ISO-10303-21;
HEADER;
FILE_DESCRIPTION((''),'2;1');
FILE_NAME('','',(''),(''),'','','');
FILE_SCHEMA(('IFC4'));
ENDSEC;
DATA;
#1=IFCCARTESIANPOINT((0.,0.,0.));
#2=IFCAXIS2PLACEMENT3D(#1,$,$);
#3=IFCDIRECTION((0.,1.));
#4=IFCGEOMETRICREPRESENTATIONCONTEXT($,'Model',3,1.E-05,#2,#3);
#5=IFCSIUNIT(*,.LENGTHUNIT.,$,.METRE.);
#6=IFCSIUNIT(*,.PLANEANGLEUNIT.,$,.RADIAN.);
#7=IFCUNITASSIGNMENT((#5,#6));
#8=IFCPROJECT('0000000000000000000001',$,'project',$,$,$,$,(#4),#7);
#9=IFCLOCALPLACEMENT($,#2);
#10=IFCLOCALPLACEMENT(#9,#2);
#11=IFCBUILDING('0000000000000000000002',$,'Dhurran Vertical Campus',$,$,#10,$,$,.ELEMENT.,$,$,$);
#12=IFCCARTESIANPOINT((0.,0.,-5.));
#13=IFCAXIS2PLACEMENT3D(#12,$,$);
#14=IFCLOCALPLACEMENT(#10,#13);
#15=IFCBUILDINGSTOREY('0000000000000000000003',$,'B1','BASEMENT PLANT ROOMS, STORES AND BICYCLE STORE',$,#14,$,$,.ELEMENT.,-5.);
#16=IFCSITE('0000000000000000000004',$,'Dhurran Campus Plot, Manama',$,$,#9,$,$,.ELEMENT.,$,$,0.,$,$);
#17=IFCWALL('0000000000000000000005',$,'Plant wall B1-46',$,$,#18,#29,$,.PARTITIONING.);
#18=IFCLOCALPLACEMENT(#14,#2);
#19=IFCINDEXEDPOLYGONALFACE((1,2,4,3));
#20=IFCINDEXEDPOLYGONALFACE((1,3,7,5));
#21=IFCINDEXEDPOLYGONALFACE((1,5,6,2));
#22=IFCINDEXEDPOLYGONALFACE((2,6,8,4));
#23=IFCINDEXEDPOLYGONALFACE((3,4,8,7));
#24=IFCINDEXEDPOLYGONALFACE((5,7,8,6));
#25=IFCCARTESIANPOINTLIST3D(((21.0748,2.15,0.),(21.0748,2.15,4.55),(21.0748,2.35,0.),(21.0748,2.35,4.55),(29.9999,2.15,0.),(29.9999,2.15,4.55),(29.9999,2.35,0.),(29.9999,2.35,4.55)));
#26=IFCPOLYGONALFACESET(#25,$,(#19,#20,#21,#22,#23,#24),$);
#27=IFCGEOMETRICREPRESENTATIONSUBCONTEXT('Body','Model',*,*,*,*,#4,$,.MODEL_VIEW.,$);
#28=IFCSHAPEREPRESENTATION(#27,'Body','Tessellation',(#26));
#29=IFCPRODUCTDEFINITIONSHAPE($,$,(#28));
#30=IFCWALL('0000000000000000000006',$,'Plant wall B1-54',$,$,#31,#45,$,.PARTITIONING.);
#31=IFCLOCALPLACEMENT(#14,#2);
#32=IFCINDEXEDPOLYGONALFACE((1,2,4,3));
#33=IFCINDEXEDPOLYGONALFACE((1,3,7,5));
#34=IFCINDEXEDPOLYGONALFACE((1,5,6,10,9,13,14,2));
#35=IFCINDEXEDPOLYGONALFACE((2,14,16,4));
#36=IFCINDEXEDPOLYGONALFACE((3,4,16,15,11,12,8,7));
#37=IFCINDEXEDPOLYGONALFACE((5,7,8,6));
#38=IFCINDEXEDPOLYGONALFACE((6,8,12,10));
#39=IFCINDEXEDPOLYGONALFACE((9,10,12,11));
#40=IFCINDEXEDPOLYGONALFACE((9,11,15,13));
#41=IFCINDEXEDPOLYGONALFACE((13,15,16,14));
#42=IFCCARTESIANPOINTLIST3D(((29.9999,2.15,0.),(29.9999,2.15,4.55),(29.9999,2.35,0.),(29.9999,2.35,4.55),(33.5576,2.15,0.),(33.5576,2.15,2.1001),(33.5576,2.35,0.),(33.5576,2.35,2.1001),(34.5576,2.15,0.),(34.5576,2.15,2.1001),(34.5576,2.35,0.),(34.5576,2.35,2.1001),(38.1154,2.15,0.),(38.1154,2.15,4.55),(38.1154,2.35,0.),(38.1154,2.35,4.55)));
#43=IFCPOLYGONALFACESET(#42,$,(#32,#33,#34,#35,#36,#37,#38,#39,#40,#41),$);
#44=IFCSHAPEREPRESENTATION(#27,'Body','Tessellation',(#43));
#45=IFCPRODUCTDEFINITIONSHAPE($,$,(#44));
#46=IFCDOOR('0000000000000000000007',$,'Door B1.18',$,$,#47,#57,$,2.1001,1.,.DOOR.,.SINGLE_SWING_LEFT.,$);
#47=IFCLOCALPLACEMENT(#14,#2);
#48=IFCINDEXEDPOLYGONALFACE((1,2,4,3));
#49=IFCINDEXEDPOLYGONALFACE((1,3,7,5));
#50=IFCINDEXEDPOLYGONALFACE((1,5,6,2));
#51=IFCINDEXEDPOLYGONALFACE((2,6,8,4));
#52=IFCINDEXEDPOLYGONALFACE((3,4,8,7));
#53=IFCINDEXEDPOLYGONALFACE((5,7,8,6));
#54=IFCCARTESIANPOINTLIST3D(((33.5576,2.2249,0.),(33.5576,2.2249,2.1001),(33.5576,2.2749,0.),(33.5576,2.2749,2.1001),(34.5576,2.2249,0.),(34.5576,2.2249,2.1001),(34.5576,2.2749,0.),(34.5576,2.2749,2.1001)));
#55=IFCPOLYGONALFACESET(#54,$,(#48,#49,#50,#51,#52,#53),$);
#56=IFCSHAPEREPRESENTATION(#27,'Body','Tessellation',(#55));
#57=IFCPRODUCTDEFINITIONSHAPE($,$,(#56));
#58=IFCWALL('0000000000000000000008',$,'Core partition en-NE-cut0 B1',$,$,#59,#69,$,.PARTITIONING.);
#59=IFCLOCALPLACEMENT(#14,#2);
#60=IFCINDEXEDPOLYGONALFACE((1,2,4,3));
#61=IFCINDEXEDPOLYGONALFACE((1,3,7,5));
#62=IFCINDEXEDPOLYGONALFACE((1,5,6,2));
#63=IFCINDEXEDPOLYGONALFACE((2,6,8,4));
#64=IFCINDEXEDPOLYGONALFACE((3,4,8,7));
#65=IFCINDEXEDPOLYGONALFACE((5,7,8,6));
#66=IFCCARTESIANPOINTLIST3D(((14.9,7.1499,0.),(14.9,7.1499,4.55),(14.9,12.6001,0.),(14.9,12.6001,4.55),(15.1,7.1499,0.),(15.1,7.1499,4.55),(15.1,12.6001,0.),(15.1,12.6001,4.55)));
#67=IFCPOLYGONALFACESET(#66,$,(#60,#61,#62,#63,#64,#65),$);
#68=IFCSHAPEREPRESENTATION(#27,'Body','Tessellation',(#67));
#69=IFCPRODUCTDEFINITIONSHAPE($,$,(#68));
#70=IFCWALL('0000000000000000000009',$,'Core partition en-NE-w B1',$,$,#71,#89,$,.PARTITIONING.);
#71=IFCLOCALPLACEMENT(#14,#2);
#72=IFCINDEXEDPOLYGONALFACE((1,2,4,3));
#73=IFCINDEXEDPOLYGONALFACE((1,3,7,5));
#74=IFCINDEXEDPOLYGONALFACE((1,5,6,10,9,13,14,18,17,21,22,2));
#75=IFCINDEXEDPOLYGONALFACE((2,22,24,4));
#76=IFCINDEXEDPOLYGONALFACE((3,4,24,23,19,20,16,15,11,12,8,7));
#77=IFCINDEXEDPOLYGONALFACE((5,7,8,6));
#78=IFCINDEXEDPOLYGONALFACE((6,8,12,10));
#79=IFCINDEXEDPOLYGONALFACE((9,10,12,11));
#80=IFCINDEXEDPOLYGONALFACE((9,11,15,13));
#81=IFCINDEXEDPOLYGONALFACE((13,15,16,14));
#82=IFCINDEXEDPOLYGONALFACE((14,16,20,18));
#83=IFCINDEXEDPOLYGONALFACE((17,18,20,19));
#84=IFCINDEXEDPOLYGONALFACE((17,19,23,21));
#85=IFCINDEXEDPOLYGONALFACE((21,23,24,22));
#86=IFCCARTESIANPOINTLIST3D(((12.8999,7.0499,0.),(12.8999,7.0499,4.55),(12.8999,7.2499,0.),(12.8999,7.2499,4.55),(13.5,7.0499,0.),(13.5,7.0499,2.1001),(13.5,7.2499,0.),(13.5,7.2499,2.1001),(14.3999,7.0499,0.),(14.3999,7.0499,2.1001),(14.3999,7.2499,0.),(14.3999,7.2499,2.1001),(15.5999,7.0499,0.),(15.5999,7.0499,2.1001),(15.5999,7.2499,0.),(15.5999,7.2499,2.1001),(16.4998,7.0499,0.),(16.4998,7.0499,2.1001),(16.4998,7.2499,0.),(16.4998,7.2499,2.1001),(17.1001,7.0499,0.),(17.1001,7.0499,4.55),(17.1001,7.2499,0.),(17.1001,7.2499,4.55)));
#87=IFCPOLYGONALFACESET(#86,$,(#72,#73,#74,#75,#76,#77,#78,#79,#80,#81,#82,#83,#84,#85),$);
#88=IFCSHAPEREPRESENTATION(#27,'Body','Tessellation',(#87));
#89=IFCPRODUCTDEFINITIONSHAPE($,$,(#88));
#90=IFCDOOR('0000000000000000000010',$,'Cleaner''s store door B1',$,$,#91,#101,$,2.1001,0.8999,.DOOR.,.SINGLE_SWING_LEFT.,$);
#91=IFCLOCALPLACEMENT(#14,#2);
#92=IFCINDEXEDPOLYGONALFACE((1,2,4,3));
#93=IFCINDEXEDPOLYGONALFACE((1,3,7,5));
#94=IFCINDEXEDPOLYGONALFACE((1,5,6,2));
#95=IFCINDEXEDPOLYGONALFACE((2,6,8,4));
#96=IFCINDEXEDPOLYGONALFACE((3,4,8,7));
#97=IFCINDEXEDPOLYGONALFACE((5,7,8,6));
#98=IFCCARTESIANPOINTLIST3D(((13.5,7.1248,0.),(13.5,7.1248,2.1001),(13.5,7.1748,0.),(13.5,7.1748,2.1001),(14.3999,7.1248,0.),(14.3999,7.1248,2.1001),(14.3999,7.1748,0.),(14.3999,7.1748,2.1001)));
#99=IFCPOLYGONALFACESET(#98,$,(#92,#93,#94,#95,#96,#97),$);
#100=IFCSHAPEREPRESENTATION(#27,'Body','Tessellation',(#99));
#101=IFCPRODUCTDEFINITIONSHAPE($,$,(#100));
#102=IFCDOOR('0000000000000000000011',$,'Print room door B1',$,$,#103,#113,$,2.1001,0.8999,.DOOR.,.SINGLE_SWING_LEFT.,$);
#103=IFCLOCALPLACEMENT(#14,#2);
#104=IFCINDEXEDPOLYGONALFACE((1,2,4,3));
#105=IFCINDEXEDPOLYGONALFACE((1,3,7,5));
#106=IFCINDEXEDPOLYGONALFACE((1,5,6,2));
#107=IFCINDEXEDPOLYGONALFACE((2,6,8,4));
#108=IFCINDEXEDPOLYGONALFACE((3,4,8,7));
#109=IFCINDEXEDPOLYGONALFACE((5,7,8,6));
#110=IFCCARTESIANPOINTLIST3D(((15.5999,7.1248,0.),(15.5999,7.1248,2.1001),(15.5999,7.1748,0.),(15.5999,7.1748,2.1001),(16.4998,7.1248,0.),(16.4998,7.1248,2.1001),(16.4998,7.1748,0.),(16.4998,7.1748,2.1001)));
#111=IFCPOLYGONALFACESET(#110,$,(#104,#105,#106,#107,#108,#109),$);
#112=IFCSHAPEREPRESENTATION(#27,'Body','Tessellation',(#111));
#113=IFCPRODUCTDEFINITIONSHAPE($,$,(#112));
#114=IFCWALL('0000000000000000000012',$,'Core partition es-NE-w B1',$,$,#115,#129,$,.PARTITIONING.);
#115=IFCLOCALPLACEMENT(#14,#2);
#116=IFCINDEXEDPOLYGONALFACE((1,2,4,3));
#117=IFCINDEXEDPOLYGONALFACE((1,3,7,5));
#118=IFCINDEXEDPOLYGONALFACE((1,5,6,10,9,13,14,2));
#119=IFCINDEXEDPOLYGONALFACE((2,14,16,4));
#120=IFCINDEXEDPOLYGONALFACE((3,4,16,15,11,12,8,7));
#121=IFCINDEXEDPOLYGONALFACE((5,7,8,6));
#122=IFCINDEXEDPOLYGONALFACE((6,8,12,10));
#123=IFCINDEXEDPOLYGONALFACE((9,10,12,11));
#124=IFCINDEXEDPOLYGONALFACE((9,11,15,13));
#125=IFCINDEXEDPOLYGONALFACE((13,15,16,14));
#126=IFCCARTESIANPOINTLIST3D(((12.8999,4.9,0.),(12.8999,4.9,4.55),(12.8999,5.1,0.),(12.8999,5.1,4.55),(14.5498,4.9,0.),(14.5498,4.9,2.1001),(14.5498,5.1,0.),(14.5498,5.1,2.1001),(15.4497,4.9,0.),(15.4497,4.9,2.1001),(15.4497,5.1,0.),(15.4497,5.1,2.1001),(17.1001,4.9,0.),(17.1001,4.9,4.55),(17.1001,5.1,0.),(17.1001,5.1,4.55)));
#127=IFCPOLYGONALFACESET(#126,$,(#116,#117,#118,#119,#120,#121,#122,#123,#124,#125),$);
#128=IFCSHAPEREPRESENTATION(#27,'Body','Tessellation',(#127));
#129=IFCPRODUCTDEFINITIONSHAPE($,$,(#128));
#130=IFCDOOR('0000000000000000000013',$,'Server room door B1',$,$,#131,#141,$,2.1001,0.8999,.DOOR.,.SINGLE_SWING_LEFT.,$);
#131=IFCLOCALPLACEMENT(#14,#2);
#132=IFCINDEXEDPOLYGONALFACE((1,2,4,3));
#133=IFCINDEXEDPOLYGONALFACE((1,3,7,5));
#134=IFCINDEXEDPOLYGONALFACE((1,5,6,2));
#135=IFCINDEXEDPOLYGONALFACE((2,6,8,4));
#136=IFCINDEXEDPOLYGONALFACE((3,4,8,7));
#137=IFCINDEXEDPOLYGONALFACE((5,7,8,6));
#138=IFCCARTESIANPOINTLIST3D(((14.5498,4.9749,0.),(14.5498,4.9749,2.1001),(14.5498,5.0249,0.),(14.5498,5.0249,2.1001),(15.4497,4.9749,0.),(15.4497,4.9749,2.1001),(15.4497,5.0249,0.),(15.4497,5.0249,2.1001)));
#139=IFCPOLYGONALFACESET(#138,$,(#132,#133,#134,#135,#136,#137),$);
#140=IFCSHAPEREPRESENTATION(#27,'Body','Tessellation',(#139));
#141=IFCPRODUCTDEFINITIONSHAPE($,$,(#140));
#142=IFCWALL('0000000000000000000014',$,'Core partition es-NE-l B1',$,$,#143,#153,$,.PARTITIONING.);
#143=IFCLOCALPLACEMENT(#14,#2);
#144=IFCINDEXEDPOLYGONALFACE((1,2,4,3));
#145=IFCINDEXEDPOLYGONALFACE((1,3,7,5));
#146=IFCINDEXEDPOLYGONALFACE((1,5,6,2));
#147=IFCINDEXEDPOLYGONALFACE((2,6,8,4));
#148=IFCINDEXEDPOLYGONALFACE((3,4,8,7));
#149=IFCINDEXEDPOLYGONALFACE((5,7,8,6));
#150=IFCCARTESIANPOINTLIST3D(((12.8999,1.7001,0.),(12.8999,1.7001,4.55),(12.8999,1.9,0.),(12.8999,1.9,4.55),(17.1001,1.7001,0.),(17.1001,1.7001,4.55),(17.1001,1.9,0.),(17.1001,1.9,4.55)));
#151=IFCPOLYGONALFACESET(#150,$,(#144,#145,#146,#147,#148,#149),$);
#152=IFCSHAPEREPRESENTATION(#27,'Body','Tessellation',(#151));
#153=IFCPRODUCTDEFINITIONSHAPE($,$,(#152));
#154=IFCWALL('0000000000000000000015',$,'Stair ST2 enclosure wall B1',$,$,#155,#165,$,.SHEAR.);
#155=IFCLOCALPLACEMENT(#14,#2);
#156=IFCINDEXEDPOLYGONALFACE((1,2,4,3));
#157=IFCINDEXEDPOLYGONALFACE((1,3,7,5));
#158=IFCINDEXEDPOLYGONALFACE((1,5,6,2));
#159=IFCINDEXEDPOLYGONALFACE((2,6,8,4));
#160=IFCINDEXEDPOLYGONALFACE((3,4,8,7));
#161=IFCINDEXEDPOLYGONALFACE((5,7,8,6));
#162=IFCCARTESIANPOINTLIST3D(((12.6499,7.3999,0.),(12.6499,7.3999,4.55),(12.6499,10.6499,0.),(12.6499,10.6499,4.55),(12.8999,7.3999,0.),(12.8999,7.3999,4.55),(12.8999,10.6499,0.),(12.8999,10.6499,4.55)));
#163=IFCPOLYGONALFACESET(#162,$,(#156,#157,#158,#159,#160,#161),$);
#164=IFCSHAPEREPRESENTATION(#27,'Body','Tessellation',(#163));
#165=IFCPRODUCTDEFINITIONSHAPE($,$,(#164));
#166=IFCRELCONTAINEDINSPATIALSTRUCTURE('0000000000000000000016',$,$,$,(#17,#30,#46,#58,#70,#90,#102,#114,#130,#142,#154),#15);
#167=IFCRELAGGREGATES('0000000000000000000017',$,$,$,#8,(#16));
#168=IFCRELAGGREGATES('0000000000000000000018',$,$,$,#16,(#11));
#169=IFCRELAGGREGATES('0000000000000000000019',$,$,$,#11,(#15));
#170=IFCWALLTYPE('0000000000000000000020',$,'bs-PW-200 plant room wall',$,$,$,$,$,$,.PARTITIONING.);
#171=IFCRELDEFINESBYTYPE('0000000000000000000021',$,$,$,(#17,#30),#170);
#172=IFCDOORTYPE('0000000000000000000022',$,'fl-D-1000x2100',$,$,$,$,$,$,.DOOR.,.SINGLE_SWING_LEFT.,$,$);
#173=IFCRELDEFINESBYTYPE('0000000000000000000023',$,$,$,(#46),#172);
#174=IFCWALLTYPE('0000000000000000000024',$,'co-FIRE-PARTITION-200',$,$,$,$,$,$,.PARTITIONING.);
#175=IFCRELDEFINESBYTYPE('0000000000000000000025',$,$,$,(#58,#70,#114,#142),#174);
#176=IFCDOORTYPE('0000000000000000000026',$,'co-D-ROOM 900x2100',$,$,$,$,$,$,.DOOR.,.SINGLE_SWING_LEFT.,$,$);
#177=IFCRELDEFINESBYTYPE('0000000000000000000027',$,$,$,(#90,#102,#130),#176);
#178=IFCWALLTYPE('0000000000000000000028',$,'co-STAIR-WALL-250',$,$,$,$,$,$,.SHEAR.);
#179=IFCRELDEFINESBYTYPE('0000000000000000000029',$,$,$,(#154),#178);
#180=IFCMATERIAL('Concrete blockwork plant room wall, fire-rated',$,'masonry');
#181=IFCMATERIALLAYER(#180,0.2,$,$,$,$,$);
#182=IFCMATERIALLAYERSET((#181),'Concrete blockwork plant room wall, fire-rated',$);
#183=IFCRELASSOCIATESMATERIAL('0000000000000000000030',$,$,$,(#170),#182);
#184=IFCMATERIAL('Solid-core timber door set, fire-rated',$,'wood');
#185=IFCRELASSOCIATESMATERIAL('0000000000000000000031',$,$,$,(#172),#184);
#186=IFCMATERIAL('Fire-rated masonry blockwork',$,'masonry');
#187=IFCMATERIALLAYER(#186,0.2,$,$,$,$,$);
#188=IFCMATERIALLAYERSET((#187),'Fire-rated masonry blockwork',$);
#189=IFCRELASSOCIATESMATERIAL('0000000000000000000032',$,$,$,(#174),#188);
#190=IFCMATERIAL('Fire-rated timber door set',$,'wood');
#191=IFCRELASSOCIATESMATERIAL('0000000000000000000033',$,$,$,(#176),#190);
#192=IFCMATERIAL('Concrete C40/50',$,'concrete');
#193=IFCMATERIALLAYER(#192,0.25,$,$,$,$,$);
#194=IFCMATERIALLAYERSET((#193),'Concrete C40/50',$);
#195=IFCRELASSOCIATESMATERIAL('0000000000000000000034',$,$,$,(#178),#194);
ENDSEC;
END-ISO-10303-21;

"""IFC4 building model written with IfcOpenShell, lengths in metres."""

from ifc_helpers import new_model, si_unit, direction, frame, frame_2d, origin, place, context, subcontext, project, spatial, rectangle, extrude, material, layer, layer_set, type_object, element, fill, save


model = new_model("IFC4")

# Units and contexts
model_context = context("Model", 3, precision=1e-05, world=origin(), true_north=direction((0.0, 1.0)))
body_context = subcontext(model_context, "Body", "Model", "MODEL_VIEW")
ifc_project = project(units=[si_unit("LENGTHUNIT", "METRE"), si_unit("PLANEANGLEUNIT", "RADIAN")], contexts=[model_context])

# Site, building, storey
site_placement = place(None, origin())
site = spatial("IfcSite", under=ifc_project, at=site_placement, Name="Dhurran Campus Plot, Manama", CompositionType="ELEMENT", RefElevation=0.0)
building_placement = place(site_placement, origin())
building = spatial("IfcBuilding", under=site, at=building_placement, Name="Dhurran Vertical Campus", CompositionType="ELEMENT")
storey_placement = place(building_placement, frame((0.0, 0.0, -5.0)))
storey = spatial("IfcBuildingStorey", under=building, at=storey_placement, Name="B1", Description="BASEMENT PLANT ROOMS, STORES AND BICYCLE STORE", CompositionType="ELEMENT", Elevation=-5.0)

# Shared definitions
ifc_material_1 = material(Name="Concrete blockwork plant room wall, fire-rated", Category="masonry")
ifc_layer_1 = layer(ifc_material_1, 0.2)
ifc_layer_set_1 = layer_set([ifc_layer_1], Name="Concrete blockwork plant room wall, fire-rated")
wall_type_1 = type_object("IfcWallType", Name="bs-PW-200 plant room wall", PredefinedType="PARTITIONING", material=ifc_layer_set_1)
ifc_material_2 = material(Name="Solid-core timber door set, fire-rated", Category="wood")
door_type_1 = type_object("IfcDoorType", Name="fl-D-1000x2100", OperationType="SINGLE_SWING_LEFT", PredefinedType="DOOR", material=ifc_material_2)

# Wall
wall_1_placement = place(storey_placement, frame((21.075, 2.25, 0.0), z_axis=(0.0, 0.0, 1.0), x_axis=(1.0, 0.0, 0.0)))
element("IfcWall", 1, at=wall_1_placement, inside=storey, type_object=wall_type_1, Name="Plant wall B1-46", PredefinedType="PARTITIONING", context=body_context, shape_type="SweptSolid", body=[
    extrude(rectangle(XDim=8.925, YDim=0.2, at=frame_2d((4.4624, 0.0))), origin(), (0.0, 0.0, 1.0), 4.55),
])

# Wall, opening, door
wall_2_placement = place(storey_placement, frame((30.0, 2.25, 0.0), z_axis=(0.0, 0.0, 1.0), x_axis=(1.0, 0.0, 0.0)))
wall_2 = element("IfcWall", 2, at=wall_2_placement, inside=storey, type_object=wall_type_1, Name="Plant wall B1-54", PredefinedType="PARTITIONING", context=body_context, shape_type="SweptSolid", body=[
    extrude(rectangle(XDim=8.1155, YDim=0.2, at=frame_2d((4.0576, 0.0))), origin(), (0.0, 0.0, 1.0), 4.55),
])
opening_1_placement = place(wall_2_placement, frame((3.5576, 0.0, 0.0)))
opening_1 = element("IfcOpeningElement", 3, at=opening_1_placement, cuts=wall_2, PredefinedType="OPENING", context=body_context, shape_type="SweptSolid", body=[
    extrude(rectangle(XDim=1.0, YDim=2.1001, at=frame_2d((0.5, 1.05))), frame((0.0, 0.1099, 0.0), z_axis=(0.0, -1.0, 0.0), x_axis=(1.0, 0.0, 0.0)), (0.0, 0.0, 1.0), 0.22),
])
door_1_placement = place(opening_1_placement, origin())
door_1 = element("IfcDoor", 4, at=door_1_placement, inside=storey, type_object=door_type_1, Name="Door B1.18", OperationType="SINGLE_SWING_LEFT", OverallHeight=2.1001, OverallWidth=1.0, PredefinedType="DOOR", context=body_context, shape_type="SweptSolid", body=[
    extrude(rectangle(XDim=1.0, YDim=2.1001, at=frame_2d((0.5, 1.05))), frame((0.0, 0.0249, 0.0), z_axis=(0.0, -1.0, 0.0), x_axis=(1.0, 0.0, 0.0)), (0.0, 0.0, 1.0), 0.05),
])
fill(opening_1, door_1)

# Wall
ifc_material_3 = material(Name="Fire-rated masonry blockwork", Category="masonry")
ifc_layer_2 = layer(ifc_material_3, 0.2)
ifc_layer_set_2 = layer_set([ifc_layer_2], Name="Fire-rated masonry blockwork")
wall_type_2 = type_object("IfcWallType", Name="co-FIRE-PARTITION-200", PredefinedType="PARTITIONING", material=ifc_layer_set_2)
wall_3_placement = place(storey_placement, frame((15.0, 7.1499, 0.0), z_axis=(0.0, 0.0, 1.0), x_axis=(0.0, 1.0, 0.0)))
element("IfcWall", 5, at=wall_3_placement, inside=storey, type_object=wall_type_2, Name="Core partition en-NE-cut0 B1", PredefinedType="PARTITIONING", context=body_context, shape_type="SweptSolid", body=[
    extrude(rectangle(XDim=5.4502, YDim=0.2, at=frame_2d((2.7251, 0.0))), origin(), (0.0, 0.0, 1.0), 4.55),
])

# Wall, openings, doors
wall_4_placement = place(storey_placement, frame((12.8999, 7.1499, 0.0), z_axis=(0.0, 0.0, 1.0), x_axis=(1.0, 0.0, 0.0)))
wall_4 = element("IfcWall", 6, at=wall_4_placement, inside=storey, type_object=wall_type_2, Name="Core partition en-NE-w B1", PredefinedType="PARTITIONING", context=body_context, shape_type="SweptSolid", body=[
    extrude(rectangle(XDim=4.2002, YDim=0.2, at=frame_2d((2.1001, 0.0))), origin(), (0.0, 0.0, 1.0), 4.55),
])
opening_2_placement = place(wall_4_placement, frame((0.6001, 0.0, 0.0)))
opening_2 = element("IfcOpeningElement", 7, at=opening_2_placement, cuts=wall_4, PredefinedType="OPENING", context=body_context, shape_type="SweptSolid", body=[
    extrude(rectangle(XDim=0.8999, YDim=2.1001, at=frame_2d((0.45, 1.05))), frame((0.0, 0.1099, 0.0), z_axis=(0.0, -1.0, 0.0), x_axis=(1.0, 0.0, 0.0)), (0.0, 0.0, 1.0), 0.22),
])
opening_3_placement = place(wall_4_placement, frame((2.7, 0.0, 0.0)))
opening_3 = element("IfcOpeningElement", 8, at=opening_3_placement, cuts=wall_4, PredefinedType="OPENING", context=body_context, shape_type="SweptSolid", body=[
    extrude(rectangle(XDim=0.8999, YDim=2.1001, at=frame_2d((0.45, 1.05))), frame((0.0, 0.1099, 0.0), z_axis=(0.0, -1.0, 0.0), x_axis=(1.0, 0.0, 0.0)), (0.0, 0.0, 1.0), 0.22),
])
ifc_material_4 = material(Name="Fire-rated timber door set", Category="wood")
door_type_2 = type_object("IfcDoorType", Name="co-D-ROOM 900x2100", OperationType="SINGLE_SWING_LEFT", PredefinedType="DOOR", material=ifc_material_4)
door_2_placement = place(opening_2_placement, origin())
door_2 = element("IfcDoor", 9, at=door_2_placement, inside=storey, type_object=door_type_2, Name="Cleaner's store door B1", OperationType="SINGLE_SWING_LEFT", OverallHeight=2.1001, OverallWidth=0.8999, PredefinedType="DOOR", context=body_context, shape_type="SweptSolid", body=[
    extrude(rectangle(XDim=0.8999, YDim=2.1001, at=frame_2d((0.45, 1.05))), frame((0.0, 0.0249, 0.0), z_axis=(0.0, -1.0, 0.0), x_axis=(1.0, 0.0, 0.0)), (0.0, 0.0, 1.0), 0.05),
])
fill(opening_2, door_2)
door_3_placement = place(opening_3_placement, origin())
door_3 = element("IfcDoor", 10, at=door_3_placement, inside=storey, type_object=door_type_2, Name="Print room door B1", OperationType="SINGLE_SWING_LEFT", OverallHeight=2.1001, OverallWidth=0.8999, PredefinedType="DOOR", context=body_context, shape_type="SweptSolid", body=[
    extrude(rectangle(XDim=0.8999, YDim=2.1001, at=frame_2d((0.45, 1.05))), frame((0.0, 0.0249, 0.0), z_axis=(0.0, -1.0, 0.0), x_axis=(1.0, 0.0, 0.0)), (0.0, 0.0, 1.0), 0.05),
])
fill(opening_3, door_3)

# Wall, opening, door
wall_5_placement = place(storey_placement, frame((12.8999, 5.0, 0.0), z_axis=(0.0, 0.0, 1.0), x_axis=(1.0, 0.0, 0.0)))
wall_5 = element("IfcWall", 11, at=wall_5_placement, inside=storey, type_object=wall_type_2, Name="Core partition es-NE-w B1", PredefinedType="PARTITIONING", context=body_context, shape_type="SweptSolid", body=[
    extrude(rectangle(XDim=4.2002, YDim=0.2, at=frame_2d((2.1001, 0.0))), origin(), (0.0, 0.0, 1.0), 4.55),
])
opening_4_placement = place(wall_5_placement, frame((1.6499, 0.0, 0.0)))
opening_4 = element("IfcOpeningElement", 12, at=opening_4_placement, cuts=wall_5, PredefinedType="OPENING", context=body_context, shape_type="SweptSolid", body=[
    extrude(rectangle(XDim=0.8999, YDim=2.1001, at=frame_2d((0.45, 1.05))), frame((0.0, 0.1099, 0.0), z_axis=(0.0, -1.0, 0.0), x_axis=(1.0, 0.0, 0.0)), (0.0, 0.0, 1.0), 0.22),
])
door_4_placement = place(opening_4_placement, origin())
door_4 = element("IfcDoor", 13, at=door_4_placement, inside=storey, type_object=door_type_2, Name="Server room door B1", OperationType="SINGLE_SWING_LEFT", OverallHeight=2.1001, OverallWidth=0.8999, PredefinedType="DOOR", context=body_context, shape_type="SweptSolid", body=[
    extrude(rectangle(XDim=0.8999, YDim=2.1001, at=frame_2d((0.45, 1.05))), frame((0.0, 0.0249, 0.0), z_axis=(0.0, -1.0, 0.0), x_axis=(1.0, 0.0, 0.0)), (0.0, 0.0, 1.0), 0.05),
])
fill(opening_4, door_4)

# Walls
wall_6_placement = place(storey_placement, frame((12.8999, 1.8, 0.0), z_axis=(0.0, 0.0, 1.0), x_axis=(1.0, 0.0, 0.0)))
element("IfcWall", 14, at=wall_6_placement, inside=storey, type_object=wall_type_2, Name="Core partition es-NE-l B1", PredefinedType="PARTITIONING", context=body_context, shape_type="SweptSolid", body=[
    extrude(rectangle(XDim=4.2002, YDim=0.2, at=frame_2d((2.1001, 0.0))), origin(), (0.0, 0.0, 1.0), 4.55),
])
ifc_material_5 = material(Name="Concrete C40/50", Category="concrete")
ifc_layer_3 = layer(ifc_material_5, 0.25)
ifc_layer_set_3 = layer_set([ifc_layer_3], Name="Concrete C40/50")
wall_type_3 = type_object("IfcWallType", Name="co-STAIR-WALL-250", PredefinedType="SHEAR", material=ifc_layer_set_3)
wall_7_placement = place(storey_placement, frame((12.7749, 7.3999, 0.0), z_axis=(0.0, 0.0, 1.0), x_axis=(0.0, 1.0, 0.0)))
element("IfcWall", 15, at=wall_7_placement, inside=storey, type_object=wall_type_3, Name="Stair ST2 enclosure wall B1", PredefinedType="SHEAR", context=body_context, shape_type="SweptSolid", body=[
    extrude(rectangle(XDim=3.25, YDim=0.25, at=frame_2d((1.625, 0.0))), origin(), (0.0, 0.0, 1.0), 4.55),
])

save(model, "model.ifc")
